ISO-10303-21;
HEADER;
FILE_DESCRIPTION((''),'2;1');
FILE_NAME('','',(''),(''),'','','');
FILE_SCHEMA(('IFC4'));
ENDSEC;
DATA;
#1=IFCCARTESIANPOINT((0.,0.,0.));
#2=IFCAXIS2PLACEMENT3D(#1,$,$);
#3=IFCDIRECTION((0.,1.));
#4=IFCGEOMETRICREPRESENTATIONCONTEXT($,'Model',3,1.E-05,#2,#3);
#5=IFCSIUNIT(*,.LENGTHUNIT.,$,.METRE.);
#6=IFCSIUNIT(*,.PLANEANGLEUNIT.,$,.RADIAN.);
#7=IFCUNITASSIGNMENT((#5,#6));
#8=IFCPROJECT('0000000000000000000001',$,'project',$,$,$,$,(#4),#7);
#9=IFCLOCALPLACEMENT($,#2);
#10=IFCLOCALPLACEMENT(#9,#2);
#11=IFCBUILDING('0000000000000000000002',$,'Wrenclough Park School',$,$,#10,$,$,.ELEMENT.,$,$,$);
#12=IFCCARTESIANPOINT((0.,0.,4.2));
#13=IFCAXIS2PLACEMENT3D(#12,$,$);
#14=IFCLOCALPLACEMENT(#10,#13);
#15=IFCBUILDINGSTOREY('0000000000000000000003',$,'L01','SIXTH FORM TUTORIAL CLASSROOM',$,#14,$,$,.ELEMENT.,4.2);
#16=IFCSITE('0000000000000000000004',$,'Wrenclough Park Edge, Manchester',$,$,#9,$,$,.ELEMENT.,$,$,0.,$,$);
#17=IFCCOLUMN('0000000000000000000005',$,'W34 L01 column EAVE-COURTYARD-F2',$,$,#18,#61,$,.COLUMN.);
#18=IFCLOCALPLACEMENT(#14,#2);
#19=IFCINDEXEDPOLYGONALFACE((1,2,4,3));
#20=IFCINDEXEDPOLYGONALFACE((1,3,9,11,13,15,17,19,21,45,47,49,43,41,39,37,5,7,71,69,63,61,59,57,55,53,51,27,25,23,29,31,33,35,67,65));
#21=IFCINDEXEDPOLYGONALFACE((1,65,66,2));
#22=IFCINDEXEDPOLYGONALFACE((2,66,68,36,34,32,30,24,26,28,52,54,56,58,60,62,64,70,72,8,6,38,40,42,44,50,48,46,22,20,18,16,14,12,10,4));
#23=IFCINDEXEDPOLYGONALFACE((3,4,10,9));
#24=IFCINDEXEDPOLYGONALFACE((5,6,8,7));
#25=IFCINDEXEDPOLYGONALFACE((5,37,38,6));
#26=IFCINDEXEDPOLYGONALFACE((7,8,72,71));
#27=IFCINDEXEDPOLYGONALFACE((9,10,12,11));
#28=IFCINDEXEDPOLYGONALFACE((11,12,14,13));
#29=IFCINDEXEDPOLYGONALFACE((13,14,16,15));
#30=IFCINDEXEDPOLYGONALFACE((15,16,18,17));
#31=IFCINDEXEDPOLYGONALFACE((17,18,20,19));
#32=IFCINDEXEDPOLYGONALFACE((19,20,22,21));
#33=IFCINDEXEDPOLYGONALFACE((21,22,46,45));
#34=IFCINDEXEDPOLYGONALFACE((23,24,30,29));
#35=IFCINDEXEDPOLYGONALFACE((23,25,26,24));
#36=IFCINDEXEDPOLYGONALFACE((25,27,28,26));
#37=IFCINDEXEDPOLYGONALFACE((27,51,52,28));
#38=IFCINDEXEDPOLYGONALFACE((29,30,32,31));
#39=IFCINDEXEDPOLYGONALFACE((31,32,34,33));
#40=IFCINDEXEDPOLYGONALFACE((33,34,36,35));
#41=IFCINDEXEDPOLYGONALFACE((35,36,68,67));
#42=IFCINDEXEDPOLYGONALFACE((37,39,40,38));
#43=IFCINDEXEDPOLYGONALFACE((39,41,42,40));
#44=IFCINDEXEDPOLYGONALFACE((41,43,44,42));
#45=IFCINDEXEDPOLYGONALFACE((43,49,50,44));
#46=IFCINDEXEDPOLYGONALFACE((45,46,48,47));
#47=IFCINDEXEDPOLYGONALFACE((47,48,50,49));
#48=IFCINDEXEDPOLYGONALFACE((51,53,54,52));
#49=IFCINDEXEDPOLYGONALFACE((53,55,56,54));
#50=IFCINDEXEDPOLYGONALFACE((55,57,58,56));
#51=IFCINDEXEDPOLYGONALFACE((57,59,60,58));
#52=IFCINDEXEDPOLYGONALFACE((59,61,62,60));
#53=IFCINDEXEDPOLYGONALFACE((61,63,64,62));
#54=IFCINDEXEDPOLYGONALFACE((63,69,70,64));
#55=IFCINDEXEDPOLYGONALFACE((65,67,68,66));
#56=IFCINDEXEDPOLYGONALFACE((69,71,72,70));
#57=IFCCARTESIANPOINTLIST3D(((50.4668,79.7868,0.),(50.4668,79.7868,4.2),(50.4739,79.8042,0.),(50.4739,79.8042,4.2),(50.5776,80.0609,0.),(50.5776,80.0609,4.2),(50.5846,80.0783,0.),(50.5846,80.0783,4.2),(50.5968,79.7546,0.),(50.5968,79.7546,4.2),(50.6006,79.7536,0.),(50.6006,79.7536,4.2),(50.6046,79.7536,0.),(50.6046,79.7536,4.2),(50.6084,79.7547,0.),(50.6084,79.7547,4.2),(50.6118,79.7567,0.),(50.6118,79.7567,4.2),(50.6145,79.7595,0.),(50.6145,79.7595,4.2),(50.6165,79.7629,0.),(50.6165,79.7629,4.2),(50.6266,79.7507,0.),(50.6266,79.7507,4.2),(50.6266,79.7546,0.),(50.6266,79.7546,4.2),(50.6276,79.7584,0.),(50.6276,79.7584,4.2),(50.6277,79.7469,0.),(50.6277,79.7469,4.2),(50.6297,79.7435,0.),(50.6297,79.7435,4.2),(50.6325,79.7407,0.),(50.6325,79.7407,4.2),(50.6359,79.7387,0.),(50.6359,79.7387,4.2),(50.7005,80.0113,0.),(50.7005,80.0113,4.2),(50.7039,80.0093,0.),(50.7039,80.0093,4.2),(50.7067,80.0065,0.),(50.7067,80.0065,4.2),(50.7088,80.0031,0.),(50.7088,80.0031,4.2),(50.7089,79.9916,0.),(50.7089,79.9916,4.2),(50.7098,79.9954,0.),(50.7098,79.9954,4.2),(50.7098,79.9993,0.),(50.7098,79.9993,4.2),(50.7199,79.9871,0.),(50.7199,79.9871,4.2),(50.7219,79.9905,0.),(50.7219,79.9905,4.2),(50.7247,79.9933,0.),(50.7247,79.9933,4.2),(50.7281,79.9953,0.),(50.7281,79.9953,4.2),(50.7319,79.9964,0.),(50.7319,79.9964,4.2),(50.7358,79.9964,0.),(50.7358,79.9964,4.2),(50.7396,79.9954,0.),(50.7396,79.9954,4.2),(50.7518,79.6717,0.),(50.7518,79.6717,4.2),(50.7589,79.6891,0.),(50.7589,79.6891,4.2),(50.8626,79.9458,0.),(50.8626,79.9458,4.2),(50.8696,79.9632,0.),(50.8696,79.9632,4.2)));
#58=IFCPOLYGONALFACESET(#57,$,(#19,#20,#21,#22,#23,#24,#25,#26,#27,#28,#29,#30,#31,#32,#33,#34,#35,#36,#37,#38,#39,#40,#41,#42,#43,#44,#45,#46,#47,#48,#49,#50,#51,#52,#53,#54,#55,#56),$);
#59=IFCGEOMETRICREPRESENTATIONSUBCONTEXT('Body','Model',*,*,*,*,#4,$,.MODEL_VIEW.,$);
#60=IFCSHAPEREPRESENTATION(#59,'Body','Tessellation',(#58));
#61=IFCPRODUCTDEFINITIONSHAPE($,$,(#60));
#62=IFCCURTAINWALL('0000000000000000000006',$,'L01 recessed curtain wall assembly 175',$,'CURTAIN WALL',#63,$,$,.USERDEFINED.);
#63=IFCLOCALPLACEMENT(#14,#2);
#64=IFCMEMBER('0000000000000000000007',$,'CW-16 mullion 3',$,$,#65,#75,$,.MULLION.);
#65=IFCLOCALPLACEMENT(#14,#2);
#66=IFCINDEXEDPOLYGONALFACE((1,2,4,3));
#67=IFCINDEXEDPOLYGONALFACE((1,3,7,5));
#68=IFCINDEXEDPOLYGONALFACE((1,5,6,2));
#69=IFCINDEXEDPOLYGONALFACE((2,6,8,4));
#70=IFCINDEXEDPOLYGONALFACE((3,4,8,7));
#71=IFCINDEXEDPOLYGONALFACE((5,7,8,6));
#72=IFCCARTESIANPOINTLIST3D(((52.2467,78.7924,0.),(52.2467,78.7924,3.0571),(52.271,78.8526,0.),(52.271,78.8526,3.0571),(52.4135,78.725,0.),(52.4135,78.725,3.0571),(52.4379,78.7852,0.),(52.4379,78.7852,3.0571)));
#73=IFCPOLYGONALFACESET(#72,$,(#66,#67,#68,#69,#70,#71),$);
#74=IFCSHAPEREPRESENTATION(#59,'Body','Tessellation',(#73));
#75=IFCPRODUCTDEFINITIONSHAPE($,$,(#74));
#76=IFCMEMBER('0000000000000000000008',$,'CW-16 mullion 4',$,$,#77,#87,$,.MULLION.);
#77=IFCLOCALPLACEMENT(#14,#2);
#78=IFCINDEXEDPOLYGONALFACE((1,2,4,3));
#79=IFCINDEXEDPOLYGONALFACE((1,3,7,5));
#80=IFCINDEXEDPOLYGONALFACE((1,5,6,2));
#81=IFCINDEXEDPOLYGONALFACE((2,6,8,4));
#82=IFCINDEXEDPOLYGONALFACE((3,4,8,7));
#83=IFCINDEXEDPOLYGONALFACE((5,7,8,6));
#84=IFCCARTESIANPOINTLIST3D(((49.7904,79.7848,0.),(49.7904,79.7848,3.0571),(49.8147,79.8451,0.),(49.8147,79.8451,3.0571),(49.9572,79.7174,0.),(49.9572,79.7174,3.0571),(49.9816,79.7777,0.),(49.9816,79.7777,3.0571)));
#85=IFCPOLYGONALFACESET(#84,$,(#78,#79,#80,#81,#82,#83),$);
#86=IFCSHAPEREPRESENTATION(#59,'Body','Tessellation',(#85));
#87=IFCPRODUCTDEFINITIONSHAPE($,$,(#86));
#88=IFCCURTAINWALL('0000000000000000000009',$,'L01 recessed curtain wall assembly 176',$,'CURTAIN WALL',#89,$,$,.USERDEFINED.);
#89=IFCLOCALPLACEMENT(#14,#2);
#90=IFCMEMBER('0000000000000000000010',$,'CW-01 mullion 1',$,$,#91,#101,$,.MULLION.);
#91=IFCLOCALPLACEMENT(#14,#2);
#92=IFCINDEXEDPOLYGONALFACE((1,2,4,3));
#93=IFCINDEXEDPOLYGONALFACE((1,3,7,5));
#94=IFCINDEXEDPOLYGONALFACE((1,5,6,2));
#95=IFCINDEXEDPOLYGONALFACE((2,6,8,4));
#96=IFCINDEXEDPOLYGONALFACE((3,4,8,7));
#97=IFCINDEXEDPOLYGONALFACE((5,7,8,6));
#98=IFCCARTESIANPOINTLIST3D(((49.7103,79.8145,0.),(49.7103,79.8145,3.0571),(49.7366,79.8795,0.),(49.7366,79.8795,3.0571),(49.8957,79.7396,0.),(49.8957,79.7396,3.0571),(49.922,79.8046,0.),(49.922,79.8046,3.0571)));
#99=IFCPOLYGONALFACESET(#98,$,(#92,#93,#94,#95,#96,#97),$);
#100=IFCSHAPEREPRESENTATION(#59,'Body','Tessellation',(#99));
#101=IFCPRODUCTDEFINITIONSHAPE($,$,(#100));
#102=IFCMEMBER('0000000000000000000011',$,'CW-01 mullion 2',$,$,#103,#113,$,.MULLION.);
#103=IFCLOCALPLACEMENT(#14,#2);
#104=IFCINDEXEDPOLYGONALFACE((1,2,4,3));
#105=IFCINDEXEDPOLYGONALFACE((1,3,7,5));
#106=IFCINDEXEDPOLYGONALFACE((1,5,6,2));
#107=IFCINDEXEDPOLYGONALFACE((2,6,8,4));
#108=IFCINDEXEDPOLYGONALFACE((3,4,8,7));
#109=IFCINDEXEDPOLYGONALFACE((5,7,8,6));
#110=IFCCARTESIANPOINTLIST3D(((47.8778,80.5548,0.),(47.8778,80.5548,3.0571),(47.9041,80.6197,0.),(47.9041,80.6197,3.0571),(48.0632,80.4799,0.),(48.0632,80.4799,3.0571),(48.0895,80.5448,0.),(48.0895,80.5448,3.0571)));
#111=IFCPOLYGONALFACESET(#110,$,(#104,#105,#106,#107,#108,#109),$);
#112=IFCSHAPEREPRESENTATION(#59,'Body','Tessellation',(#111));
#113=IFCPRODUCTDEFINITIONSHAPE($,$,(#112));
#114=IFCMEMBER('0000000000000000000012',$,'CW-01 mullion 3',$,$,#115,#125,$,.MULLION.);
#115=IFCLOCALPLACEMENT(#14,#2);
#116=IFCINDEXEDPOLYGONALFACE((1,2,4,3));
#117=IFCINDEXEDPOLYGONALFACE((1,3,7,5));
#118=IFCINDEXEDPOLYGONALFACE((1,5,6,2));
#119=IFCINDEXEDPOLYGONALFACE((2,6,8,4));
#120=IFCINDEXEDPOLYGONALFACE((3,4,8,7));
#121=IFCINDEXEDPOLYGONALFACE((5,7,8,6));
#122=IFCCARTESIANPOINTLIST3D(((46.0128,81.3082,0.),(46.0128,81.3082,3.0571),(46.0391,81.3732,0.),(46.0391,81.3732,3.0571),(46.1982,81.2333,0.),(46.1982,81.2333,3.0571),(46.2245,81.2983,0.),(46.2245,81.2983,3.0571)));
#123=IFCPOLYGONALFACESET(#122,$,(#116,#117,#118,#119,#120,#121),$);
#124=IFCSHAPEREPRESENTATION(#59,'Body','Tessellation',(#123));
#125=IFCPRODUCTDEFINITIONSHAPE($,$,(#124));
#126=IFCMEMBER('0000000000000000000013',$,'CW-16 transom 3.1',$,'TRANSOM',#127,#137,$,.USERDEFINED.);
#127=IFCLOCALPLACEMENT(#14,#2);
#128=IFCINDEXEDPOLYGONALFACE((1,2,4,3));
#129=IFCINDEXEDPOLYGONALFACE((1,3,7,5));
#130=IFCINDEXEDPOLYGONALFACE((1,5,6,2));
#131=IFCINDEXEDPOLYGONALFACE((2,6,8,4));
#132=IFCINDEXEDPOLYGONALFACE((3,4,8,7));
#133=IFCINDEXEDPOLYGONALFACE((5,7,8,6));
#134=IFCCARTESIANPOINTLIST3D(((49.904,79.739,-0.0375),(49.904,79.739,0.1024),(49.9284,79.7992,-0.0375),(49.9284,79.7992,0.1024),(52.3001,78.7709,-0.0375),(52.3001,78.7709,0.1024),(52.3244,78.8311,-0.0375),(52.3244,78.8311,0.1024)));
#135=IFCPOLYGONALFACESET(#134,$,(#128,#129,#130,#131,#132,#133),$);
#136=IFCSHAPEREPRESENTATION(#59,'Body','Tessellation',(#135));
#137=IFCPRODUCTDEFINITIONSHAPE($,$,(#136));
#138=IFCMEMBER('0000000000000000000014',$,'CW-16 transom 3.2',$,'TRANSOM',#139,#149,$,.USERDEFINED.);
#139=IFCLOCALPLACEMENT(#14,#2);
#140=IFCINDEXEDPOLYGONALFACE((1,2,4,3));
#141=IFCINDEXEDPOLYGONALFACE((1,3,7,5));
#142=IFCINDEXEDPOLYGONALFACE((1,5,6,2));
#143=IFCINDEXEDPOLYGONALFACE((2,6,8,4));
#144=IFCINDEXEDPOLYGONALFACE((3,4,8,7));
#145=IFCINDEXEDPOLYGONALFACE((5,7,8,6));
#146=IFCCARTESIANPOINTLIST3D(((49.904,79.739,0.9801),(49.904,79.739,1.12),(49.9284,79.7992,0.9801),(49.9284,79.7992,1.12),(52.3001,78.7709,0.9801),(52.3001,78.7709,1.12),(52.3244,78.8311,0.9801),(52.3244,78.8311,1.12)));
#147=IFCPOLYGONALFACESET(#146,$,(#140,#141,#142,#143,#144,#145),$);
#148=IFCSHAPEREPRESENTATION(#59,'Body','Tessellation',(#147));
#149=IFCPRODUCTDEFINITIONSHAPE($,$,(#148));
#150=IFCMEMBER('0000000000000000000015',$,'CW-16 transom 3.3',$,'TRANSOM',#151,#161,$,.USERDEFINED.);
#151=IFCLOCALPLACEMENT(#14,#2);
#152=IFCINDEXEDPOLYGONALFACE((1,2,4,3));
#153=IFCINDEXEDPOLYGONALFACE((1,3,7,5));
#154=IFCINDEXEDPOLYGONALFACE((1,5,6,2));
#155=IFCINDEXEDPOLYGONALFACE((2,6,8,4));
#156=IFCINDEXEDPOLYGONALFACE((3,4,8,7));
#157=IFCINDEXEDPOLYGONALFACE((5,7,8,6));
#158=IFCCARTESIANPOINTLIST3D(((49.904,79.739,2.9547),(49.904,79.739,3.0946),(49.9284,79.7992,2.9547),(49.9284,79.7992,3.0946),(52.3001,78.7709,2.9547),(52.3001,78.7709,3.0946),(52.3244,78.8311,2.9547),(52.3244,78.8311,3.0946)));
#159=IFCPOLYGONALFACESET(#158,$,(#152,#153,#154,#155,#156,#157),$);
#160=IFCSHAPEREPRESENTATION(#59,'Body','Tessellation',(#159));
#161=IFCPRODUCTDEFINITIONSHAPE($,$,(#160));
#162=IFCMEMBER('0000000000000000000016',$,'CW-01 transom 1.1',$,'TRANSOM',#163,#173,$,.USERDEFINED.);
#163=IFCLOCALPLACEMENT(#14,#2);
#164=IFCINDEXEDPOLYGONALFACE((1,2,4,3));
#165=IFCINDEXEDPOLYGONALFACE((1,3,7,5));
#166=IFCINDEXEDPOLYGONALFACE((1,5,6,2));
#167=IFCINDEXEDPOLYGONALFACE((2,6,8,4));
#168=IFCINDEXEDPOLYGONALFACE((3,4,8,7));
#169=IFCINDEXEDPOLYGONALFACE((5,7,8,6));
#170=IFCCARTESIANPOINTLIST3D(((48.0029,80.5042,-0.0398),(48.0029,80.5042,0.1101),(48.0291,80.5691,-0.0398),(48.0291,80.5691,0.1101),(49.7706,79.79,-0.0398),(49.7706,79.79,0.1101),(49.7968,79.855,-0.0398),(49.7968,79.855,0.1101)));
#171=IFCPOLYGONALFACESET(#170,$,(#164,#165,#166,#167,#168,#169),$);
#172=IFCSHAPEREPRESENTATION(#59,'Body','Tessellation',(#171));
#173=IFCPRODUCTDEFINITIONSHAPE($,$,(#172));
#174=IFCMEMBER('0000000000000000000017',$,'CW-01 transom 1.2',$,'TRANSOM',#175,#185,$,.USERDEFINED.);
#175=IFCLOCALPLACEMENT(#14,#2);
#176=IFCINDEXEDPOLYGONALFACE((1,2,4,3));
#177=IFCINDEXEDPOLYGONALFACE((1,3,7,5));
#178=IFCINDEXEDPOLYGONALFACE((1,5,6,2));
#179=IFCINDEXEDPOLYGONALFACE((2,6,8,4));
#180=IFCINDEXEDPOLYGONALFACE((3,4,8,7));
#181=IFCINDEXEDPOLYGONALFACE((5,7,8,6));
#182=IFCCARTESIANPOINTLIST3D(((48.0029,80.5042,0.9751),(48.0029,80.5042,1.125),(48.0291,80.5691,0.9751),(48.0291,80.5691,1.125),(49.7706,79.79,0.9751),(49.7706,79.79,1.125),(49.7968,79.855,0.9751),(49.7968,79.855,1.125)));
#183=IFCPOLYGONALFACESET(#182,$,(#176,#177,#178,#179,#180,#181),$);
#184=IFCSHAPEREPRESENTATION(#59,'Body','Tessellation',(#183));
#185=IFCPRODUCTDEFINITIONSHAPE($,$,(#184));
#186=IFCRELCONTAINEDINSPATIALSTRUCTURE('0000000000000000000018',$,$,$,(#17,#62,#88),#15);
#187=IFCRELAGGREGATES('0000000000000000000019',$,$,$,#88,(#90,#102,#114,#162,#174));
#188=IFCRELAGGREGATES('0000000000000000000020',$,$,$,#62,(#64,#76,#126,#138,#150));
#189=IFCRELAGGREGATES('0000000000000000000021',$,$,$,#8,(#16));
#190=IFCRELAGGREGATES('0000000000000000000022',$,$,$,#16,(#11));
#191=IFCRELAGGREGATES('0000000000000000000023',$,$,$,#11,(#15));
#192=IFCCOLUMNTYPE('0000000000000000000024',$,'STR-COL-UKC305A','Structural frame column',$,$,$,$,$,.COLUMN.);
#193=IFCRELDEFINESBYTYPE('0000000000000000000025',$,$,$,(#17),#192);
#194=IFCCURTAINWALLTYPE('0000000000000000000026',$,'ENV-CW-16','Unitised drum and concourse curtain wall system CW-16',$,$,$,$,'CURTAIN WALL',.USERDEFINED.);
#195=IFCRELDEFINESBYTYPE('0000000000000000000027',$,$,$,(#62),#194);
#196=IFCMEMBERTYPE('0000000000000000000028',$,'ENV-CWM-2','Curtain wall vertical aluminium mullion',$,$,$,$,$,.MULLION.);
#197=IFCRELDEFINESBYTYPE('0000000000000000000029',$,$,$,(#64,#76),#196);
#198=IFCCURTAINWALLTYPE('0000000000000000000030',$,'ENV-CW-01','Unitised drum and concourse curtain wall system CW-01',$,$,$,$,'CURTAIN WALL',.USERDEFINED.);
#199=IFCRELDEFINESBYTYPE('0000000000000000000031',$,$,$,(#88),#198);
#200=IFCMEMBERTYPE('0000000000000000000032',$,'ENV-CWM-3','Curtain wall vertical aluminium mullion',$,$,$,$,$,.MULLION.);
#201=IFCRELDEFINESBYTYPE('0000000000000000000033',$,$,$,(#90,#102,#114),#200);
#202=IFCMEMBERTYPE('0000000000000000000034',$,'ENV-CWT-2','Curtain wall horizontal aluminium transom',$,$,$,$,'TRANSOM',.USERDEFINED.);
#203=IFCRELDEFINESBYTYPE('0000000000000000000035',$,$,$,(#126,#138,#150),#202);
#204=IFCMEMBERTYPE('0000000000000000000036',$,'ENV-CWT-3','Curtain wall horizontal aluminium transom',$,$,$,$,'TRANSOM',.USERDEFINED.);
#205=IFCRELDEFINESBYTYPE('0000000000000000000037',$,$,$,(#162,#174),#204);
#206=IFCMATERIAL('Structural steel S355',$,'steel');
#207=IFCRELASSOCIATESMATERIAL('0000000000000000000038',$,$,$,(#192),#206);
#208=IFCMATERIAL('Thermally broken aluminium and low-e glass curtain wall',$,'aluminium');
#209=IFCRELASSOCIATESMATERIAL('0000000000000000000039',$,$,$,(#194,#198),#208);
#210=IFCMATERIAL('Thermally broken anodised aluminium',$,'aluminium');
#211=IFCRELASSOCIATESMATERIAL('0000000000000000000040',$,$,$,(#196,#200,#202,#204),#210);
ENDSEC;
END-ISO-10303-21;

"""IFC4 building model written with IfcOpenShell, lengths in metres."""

from ifc_helpers import new_model, si_unit, direction, frame, origin, origin_2d, place, context, subcontext, project, spatial, rectangle, i_section, extrude, material, material_profile, profile_set, type_object, element, aggregate, save


model = new_model("IFC4")

# Units and contexts
model_context = context("Model", 3, precision=1e-05, world=origin(), true_north=direction((0.0, 1.0)))
body_context = subcontext(model_context, "Body", "Model", "MODEL_VIEW")
ifc_project = project(units=[si_unit("LENGTHUNIT", "METRE"), si_unit("PLANEANGLEUNIT", "RADIAN")], contexts=[model_context])

# Site, building, storey
site_placement = place(None, origin())
site = spatial("IfcSite", under=ifc_project, at=site_placement, Name="Wrenclough Park Edge, Manchester", CompositionType="ELEMENT", RefElevation=0.0)
building_placement = place(site_placement, origin())
building = spatial("IfcBuilding", under=site, at=building_placement, Name="Wrenclough Park School", CompositionType="ELEMENT")
storey_placement = place(building_placement, frame((0.0, 0.0, 4.2)))
storey = spatial("IfcBuildingStorey", under=building, at=storey_placement, Name="L01", Description="SIXTH FORM TUTORIAL CLASSROOM", CompositionType="ELEMENT", Elevation=4.2)

# Column
ifc_material_1 = material(Name="Structural steel S355", Category="steel")
ifc_material_profile_1 = material_profile(ifc_material_1, i_section(OverallWidth=0.3074, OverallDepth=0.3145, WebThickness=0.012, FlangeThickness=0.0188, FilletRadius=0.0151, at=origin_2d()), Name="UKC 305x305x118")
ifc_profile_set_1 = profile_set([ifc_material_profile_1], Name="Structural steel S355")
column_type = type_object("IfcColumnType", Name="STR-COL-UKC305A", Description="Structural frame column", PredefinedType="COLUMN", material=ifc_profile_set_1)
column_placement = place(storey_placement, frame((50.6682, 79.875, 0.0), z_axis=(0.0, 0.0, 1.0), x_axis=(0.927184, -0.374607, 0.0)))
element("IfcColumn", 1, at=column_placement, inside=storey, type_object=column_type, Name="W34 L01 column EAVE-COURTYARD-F2", PredefinedType="COLUMN", context=body_context, shape_type="SweptSolid", body=[
    extrude(i_section(OverallWidth=0.3074, OverallDepth=0.3145, WebThickness=0.012, FlangeThickness=0.0188, FilletRadius=0.0151, at=origin_2d()), origin(), (0.0, 0.0, 1.0), 4.2),
])

# Curtain walls, members
ifc_material_2 = material(Name="Thermally broken aluminium and low-e glass curtain wall", Category="aluminium")
curtain_wall_type_1 = type_object("IfcCurtainWallType", Name="ENV-CW-16", Description="Unitised drum and concourse curtain wall system CW-16", ElementType="CURTAIN WALL", PredefinedType="USERDEFINED", material=ifc_material_2)
curtain_wall_1_placement = place(storey_placement, origin())
curtain_wall_1 = element("IfcCurtainWall", 2, at=curtain_wall_1_placement, inside=storey, type_object=curtain_wall_type_1, Name="L01 recessed curtain wall assembly 175", ObjectType="CURTAIN WALL", PredefinedType="USERDEFINED")
ifc_material_3 = material(Name="Thermally broken anodised aluminium", Category="aluminium")
ifc_material_profile_2 = material_profile(ifc_material_3, rectangle(XDim=0.0649, YDim=0.1799, at=origin_2d()), Name="AL MULLION 65x180")
ifc_profile_set_2 = profile_set([ifc_material_profile_2], Name="Thermally broken anodised aluminium")
member_type_1 = type_object("IfcMemberType", Name="ENV-CWM-2", Description="Curtain wall vertical aluminium mullion", PredefinedType="MULLION", material=ifc_profile_set_2)
member_1_placement = place(storey_placement, frame((52.3423, 78.7888, 0.0), z_axis=(0.0, 0.0, 1.0), x_axis=(-0.374603, -0.927185, 0.0)))
member_1 = element("IfcMember", 3, at=member_1_placement, type_object=member_type_1, Name="CW-16 mullion 3", PredefinedType="MULLION", context=body_context, shape_type="SweptSolid", body=[
    extrude(rectangle(XDim=0.0649, YDim=0.1799, at=origin_2d()), origin(), (0.0, 0.0, 1.0), 3.0571),
])
member_2_placement = place(storey_placement, frame((49.886, 79.7812, 0.0), z_axis=(0.0, 0.0, 1.0), x_axis=(-0.374603, -0.927185, 0.0)))
member_2 = element("IfcMember", 4, at=member_2_placement, type_object=member_type_1, Name="CW-16 mullion 4", PredefinedType="MULLION", context=body_context, shape_type="SweptSolid", body=[
    extrude(rectangle(XDim=0.0649, YDim=0.1799, at=origin_2d()), origin(), (0.0, 0.0, 1.0), 3.0571),
])
curtain_wall_type_2 = type_object("IfcCurtainWallType", Name="ENV-CW-01", Description="Unitised drum and concourse curtain wall system CW-01", ElementType="CURTAIN WALL", PredefinedType="USERDEFINED", material=ifc_material_2)
curtain_wall_2_placement = place(storey_placement, origin())
curtain_wall_2 = element("IfcCurtainWall", 5, at=curtain_wall_2_placement, inside=storey, type_object=curtain_wall_type_2, Name="L01 recessed curtain wall assembly 176", ObjectType="CURTAIN WALL", PredefinedType="USERDEFINED")
ifc_material_profile_3 = material_profile(ifc_material_3, rectangle(XDim=0.0701, YDim=0.2, at=origin_2d()), Name="AL MULLION 70x200")
ifc_profile_set_3 = profile_set([ifc_material_profile_3], Name="Thermally broken anodised aluminium")
member_type_2 = type_object("IfcMemberType", Name="ENV-CWM-3", Description="Curtain wall vertical aluminium mullion", PredefinedType="MULLION", material=ifc_profile_set_3)
member_3_placement = place(storey_placement, frame((49.8162, 79.8096, 0.0), z_axis=(0.0, 0.0, 1.0), x_axis=(-0.374603, -0.927185, 0.0)))
member_3 = element("IfcMember", 6, at=member_3_placement, type_object=member_type_2, Name="CW-01 mullion 1", PredefinedType="MULLION", context=body_context, shape_type="SweptSolid", body=[
    extrude(rectangle(XDim=0.0701, YDim=0.2, at=origin_2d()), origin(), (0.0, 0.0, 1.0), 3.0571),
])
member_4_placement = place(storey_placement, frame((47.9836, 80.5498, 0.0), z_axis=(0.0, 0.0, 1.0), x_axis=(-0.374603, -0.927185, 0.0)))
member_4 = element("IfcMember", 7, at=member_4_placement, type_object=member_type_2, Name="CW-01 mullion 2", PredefinedType="MULLION", context=body_context, shape_type="SweptSolid", body=[
    extrude(rectangle(XDim=0.0701, YDim=0.2, at=origin_2d()), origin(), (0.0, 0.0, 1.0), 3.0571),
])
member_5_placement = place(storey_placement, frame((46.1187, 81.3032, 0.0), z_axis=(0.0, 0.0, 1.0), x_axis=(-0.374603, -0.927185, 0.0)))
member_5 = element("IfcMember", 8, at=member_5_placement, type_object=member_type_2, Name="CW-01 mullion 3", PredefinedType="MULLION", context=body_context, shape_type="SweptSolid", body=[
    extrude(rectangle(XDim=0.0701, YDim=0.2, at=origin_2d()), origin(), (0.0, 0.0, 1.0), 3.0571),
])

# Members
ifc_material_profile_4 = material_profile(ifc_material_3, rectangle(XDim=0.0649, YDim=0.1399, at=origin_2d()), Name="AL TRANSOM 65x140")
ifc_profile_set_4 = profile_set([ifc_material_profile_4], Name="Thermally broken anodised aluminium")
member_type_3 = type_object("IfcMemberType", Name="ENV-CWT-2", Description="Curtain wall horizontal aluminium transom", ElementType="TRANSOM", PredefinedType="USERDEFINED", material=ifc_profile_set_4)
member_6_placement = place(storey_placement, frame((52.3123, 78.801, 0.0325), z_axis=(-0.927188, 0.374597, 0.0), x_axis=(-0.374597, -0.927188, 0.0)))
member_6 = element("IfcMember", 9, at=member_6_placement, type_object=member_type_3, Name="CW-16 transom 3.1", ObjectType="TRANSOM", PredefinedType="USERDEFINED", context=body_context, shape_type="SweptSolid", body=[
    extrude(rectangle(XDim=0.0649, YDim=0.1399, at=origin_2d()), origin(), (0.0, 0.0, 1.0), 2.5842),
])
member_7_placement = place(storey_placement, frame((52.3123, 78.801, 1.05), z_axis=(-0.927188, 0.374597, 0.0), x_axis=(-0.374597, -0.927188, 0.0)))
member_7 = element("IfcMember", 10, at=member_7_placement, type_object=member_type_3, Name="CW-16 transom 3.2", ObjectType="TRANSOM", PredefinedType="USERDEFINED", context=body_context, shape_type="SweptSolid", body=[
    extrude(rectangle(XDim=0.0649, YDim=0.1399, at=origin_2d()), origin(), (0.0, 0.0, 1.0), 2.5842),
])
member_8_placement = place(storey_placement, frame((52.3123, 78.801, 3.0247), z_axis=(-0.927188, 0.374597, 0.0), x_axis=(-0.374597, -0.927188, 0.0)))
member_8 = element("IfcMember", 11, at=member_8_placement, type_object=member_type_3, Name="CW-16 transom 3.3", ObjectType="TRANSOM", PredefinedType="USERDEFINED", context=body_context, shape_type="SweptSolid", body=[
    extrude(rectangle(XDim=0.0649, YDim=0.1399, at=origin_2d()), origin(), (0.0, 0.0, 1.0), 2.5842),
])
ifc_material_profile_5 = material_profile(ifc_material_3, rectangle(XDim=0.0701, YDim=0.1499, at=origin_2d()), Name="AL TRANSOM 70x150")
ifc_profile_set_5 = profile_set([ifc_material_profile_5], Name="Thermally broken anodised aluminium")
member_type_4 = type_object("IfcMemberType", Name="ENV-CWT-3", Description="Curtain wall horizontal aluminium transom", ElementType="TRANSOM", PredefinedType="USERDEFINED", material=ifc_profile_set_5)
member_9_placement = place(storey_placement, frame((49.7837, 79.8225, 0.0352), z_axis=(-0.927191, 0.37459, 0.0), x_axis=(-0.37459, -0.927191, 0.0)))
member_9 = element("IfcMember", 12, at=member_9_placement, type_object=member_type_4, Name="CW-01 transom 1.1", ObjectType="TRANSOM", PredefinedType="USERDEFINED", context=body_context, shape_type="SweptSolid", body=[
    extrude(rectangle(XDim=0.0701, YDim=0.1499, at=origin_2d()), origin(), (0.0, 0.0, 1.0), 1.9065),
])
member_10_placement = place(storey_placement, frame((49.7837, 79.8225, 1.05), z_axis=(-0.927191, 0.37459, 0.0), x_axis=(-0.37459, -0.927191, 0.0)))
member_10 = element("IfcMember", 13, at=member_10_placement, type_object=member_type_4, Name="CW-01 transom 1.2", ObjectType="TRANSOM", PredefinedType="USERDEFINED", context=body_context, shape_type="SweptSolid", body=[
    extrude(rectangle(XDim=0.0701, YDim=0.1499, at=origin_2d()), origin(), (0.0, 0.0, 1.0), 1.9065),
])

aggregate(curtain_wall_2, [member_3, member_4, member_5, member_9, member_10])
aggregate(curtain_wall_1, [member_1, member_2, member_6, member_7, member_8])

save(model, "model.ifc")
